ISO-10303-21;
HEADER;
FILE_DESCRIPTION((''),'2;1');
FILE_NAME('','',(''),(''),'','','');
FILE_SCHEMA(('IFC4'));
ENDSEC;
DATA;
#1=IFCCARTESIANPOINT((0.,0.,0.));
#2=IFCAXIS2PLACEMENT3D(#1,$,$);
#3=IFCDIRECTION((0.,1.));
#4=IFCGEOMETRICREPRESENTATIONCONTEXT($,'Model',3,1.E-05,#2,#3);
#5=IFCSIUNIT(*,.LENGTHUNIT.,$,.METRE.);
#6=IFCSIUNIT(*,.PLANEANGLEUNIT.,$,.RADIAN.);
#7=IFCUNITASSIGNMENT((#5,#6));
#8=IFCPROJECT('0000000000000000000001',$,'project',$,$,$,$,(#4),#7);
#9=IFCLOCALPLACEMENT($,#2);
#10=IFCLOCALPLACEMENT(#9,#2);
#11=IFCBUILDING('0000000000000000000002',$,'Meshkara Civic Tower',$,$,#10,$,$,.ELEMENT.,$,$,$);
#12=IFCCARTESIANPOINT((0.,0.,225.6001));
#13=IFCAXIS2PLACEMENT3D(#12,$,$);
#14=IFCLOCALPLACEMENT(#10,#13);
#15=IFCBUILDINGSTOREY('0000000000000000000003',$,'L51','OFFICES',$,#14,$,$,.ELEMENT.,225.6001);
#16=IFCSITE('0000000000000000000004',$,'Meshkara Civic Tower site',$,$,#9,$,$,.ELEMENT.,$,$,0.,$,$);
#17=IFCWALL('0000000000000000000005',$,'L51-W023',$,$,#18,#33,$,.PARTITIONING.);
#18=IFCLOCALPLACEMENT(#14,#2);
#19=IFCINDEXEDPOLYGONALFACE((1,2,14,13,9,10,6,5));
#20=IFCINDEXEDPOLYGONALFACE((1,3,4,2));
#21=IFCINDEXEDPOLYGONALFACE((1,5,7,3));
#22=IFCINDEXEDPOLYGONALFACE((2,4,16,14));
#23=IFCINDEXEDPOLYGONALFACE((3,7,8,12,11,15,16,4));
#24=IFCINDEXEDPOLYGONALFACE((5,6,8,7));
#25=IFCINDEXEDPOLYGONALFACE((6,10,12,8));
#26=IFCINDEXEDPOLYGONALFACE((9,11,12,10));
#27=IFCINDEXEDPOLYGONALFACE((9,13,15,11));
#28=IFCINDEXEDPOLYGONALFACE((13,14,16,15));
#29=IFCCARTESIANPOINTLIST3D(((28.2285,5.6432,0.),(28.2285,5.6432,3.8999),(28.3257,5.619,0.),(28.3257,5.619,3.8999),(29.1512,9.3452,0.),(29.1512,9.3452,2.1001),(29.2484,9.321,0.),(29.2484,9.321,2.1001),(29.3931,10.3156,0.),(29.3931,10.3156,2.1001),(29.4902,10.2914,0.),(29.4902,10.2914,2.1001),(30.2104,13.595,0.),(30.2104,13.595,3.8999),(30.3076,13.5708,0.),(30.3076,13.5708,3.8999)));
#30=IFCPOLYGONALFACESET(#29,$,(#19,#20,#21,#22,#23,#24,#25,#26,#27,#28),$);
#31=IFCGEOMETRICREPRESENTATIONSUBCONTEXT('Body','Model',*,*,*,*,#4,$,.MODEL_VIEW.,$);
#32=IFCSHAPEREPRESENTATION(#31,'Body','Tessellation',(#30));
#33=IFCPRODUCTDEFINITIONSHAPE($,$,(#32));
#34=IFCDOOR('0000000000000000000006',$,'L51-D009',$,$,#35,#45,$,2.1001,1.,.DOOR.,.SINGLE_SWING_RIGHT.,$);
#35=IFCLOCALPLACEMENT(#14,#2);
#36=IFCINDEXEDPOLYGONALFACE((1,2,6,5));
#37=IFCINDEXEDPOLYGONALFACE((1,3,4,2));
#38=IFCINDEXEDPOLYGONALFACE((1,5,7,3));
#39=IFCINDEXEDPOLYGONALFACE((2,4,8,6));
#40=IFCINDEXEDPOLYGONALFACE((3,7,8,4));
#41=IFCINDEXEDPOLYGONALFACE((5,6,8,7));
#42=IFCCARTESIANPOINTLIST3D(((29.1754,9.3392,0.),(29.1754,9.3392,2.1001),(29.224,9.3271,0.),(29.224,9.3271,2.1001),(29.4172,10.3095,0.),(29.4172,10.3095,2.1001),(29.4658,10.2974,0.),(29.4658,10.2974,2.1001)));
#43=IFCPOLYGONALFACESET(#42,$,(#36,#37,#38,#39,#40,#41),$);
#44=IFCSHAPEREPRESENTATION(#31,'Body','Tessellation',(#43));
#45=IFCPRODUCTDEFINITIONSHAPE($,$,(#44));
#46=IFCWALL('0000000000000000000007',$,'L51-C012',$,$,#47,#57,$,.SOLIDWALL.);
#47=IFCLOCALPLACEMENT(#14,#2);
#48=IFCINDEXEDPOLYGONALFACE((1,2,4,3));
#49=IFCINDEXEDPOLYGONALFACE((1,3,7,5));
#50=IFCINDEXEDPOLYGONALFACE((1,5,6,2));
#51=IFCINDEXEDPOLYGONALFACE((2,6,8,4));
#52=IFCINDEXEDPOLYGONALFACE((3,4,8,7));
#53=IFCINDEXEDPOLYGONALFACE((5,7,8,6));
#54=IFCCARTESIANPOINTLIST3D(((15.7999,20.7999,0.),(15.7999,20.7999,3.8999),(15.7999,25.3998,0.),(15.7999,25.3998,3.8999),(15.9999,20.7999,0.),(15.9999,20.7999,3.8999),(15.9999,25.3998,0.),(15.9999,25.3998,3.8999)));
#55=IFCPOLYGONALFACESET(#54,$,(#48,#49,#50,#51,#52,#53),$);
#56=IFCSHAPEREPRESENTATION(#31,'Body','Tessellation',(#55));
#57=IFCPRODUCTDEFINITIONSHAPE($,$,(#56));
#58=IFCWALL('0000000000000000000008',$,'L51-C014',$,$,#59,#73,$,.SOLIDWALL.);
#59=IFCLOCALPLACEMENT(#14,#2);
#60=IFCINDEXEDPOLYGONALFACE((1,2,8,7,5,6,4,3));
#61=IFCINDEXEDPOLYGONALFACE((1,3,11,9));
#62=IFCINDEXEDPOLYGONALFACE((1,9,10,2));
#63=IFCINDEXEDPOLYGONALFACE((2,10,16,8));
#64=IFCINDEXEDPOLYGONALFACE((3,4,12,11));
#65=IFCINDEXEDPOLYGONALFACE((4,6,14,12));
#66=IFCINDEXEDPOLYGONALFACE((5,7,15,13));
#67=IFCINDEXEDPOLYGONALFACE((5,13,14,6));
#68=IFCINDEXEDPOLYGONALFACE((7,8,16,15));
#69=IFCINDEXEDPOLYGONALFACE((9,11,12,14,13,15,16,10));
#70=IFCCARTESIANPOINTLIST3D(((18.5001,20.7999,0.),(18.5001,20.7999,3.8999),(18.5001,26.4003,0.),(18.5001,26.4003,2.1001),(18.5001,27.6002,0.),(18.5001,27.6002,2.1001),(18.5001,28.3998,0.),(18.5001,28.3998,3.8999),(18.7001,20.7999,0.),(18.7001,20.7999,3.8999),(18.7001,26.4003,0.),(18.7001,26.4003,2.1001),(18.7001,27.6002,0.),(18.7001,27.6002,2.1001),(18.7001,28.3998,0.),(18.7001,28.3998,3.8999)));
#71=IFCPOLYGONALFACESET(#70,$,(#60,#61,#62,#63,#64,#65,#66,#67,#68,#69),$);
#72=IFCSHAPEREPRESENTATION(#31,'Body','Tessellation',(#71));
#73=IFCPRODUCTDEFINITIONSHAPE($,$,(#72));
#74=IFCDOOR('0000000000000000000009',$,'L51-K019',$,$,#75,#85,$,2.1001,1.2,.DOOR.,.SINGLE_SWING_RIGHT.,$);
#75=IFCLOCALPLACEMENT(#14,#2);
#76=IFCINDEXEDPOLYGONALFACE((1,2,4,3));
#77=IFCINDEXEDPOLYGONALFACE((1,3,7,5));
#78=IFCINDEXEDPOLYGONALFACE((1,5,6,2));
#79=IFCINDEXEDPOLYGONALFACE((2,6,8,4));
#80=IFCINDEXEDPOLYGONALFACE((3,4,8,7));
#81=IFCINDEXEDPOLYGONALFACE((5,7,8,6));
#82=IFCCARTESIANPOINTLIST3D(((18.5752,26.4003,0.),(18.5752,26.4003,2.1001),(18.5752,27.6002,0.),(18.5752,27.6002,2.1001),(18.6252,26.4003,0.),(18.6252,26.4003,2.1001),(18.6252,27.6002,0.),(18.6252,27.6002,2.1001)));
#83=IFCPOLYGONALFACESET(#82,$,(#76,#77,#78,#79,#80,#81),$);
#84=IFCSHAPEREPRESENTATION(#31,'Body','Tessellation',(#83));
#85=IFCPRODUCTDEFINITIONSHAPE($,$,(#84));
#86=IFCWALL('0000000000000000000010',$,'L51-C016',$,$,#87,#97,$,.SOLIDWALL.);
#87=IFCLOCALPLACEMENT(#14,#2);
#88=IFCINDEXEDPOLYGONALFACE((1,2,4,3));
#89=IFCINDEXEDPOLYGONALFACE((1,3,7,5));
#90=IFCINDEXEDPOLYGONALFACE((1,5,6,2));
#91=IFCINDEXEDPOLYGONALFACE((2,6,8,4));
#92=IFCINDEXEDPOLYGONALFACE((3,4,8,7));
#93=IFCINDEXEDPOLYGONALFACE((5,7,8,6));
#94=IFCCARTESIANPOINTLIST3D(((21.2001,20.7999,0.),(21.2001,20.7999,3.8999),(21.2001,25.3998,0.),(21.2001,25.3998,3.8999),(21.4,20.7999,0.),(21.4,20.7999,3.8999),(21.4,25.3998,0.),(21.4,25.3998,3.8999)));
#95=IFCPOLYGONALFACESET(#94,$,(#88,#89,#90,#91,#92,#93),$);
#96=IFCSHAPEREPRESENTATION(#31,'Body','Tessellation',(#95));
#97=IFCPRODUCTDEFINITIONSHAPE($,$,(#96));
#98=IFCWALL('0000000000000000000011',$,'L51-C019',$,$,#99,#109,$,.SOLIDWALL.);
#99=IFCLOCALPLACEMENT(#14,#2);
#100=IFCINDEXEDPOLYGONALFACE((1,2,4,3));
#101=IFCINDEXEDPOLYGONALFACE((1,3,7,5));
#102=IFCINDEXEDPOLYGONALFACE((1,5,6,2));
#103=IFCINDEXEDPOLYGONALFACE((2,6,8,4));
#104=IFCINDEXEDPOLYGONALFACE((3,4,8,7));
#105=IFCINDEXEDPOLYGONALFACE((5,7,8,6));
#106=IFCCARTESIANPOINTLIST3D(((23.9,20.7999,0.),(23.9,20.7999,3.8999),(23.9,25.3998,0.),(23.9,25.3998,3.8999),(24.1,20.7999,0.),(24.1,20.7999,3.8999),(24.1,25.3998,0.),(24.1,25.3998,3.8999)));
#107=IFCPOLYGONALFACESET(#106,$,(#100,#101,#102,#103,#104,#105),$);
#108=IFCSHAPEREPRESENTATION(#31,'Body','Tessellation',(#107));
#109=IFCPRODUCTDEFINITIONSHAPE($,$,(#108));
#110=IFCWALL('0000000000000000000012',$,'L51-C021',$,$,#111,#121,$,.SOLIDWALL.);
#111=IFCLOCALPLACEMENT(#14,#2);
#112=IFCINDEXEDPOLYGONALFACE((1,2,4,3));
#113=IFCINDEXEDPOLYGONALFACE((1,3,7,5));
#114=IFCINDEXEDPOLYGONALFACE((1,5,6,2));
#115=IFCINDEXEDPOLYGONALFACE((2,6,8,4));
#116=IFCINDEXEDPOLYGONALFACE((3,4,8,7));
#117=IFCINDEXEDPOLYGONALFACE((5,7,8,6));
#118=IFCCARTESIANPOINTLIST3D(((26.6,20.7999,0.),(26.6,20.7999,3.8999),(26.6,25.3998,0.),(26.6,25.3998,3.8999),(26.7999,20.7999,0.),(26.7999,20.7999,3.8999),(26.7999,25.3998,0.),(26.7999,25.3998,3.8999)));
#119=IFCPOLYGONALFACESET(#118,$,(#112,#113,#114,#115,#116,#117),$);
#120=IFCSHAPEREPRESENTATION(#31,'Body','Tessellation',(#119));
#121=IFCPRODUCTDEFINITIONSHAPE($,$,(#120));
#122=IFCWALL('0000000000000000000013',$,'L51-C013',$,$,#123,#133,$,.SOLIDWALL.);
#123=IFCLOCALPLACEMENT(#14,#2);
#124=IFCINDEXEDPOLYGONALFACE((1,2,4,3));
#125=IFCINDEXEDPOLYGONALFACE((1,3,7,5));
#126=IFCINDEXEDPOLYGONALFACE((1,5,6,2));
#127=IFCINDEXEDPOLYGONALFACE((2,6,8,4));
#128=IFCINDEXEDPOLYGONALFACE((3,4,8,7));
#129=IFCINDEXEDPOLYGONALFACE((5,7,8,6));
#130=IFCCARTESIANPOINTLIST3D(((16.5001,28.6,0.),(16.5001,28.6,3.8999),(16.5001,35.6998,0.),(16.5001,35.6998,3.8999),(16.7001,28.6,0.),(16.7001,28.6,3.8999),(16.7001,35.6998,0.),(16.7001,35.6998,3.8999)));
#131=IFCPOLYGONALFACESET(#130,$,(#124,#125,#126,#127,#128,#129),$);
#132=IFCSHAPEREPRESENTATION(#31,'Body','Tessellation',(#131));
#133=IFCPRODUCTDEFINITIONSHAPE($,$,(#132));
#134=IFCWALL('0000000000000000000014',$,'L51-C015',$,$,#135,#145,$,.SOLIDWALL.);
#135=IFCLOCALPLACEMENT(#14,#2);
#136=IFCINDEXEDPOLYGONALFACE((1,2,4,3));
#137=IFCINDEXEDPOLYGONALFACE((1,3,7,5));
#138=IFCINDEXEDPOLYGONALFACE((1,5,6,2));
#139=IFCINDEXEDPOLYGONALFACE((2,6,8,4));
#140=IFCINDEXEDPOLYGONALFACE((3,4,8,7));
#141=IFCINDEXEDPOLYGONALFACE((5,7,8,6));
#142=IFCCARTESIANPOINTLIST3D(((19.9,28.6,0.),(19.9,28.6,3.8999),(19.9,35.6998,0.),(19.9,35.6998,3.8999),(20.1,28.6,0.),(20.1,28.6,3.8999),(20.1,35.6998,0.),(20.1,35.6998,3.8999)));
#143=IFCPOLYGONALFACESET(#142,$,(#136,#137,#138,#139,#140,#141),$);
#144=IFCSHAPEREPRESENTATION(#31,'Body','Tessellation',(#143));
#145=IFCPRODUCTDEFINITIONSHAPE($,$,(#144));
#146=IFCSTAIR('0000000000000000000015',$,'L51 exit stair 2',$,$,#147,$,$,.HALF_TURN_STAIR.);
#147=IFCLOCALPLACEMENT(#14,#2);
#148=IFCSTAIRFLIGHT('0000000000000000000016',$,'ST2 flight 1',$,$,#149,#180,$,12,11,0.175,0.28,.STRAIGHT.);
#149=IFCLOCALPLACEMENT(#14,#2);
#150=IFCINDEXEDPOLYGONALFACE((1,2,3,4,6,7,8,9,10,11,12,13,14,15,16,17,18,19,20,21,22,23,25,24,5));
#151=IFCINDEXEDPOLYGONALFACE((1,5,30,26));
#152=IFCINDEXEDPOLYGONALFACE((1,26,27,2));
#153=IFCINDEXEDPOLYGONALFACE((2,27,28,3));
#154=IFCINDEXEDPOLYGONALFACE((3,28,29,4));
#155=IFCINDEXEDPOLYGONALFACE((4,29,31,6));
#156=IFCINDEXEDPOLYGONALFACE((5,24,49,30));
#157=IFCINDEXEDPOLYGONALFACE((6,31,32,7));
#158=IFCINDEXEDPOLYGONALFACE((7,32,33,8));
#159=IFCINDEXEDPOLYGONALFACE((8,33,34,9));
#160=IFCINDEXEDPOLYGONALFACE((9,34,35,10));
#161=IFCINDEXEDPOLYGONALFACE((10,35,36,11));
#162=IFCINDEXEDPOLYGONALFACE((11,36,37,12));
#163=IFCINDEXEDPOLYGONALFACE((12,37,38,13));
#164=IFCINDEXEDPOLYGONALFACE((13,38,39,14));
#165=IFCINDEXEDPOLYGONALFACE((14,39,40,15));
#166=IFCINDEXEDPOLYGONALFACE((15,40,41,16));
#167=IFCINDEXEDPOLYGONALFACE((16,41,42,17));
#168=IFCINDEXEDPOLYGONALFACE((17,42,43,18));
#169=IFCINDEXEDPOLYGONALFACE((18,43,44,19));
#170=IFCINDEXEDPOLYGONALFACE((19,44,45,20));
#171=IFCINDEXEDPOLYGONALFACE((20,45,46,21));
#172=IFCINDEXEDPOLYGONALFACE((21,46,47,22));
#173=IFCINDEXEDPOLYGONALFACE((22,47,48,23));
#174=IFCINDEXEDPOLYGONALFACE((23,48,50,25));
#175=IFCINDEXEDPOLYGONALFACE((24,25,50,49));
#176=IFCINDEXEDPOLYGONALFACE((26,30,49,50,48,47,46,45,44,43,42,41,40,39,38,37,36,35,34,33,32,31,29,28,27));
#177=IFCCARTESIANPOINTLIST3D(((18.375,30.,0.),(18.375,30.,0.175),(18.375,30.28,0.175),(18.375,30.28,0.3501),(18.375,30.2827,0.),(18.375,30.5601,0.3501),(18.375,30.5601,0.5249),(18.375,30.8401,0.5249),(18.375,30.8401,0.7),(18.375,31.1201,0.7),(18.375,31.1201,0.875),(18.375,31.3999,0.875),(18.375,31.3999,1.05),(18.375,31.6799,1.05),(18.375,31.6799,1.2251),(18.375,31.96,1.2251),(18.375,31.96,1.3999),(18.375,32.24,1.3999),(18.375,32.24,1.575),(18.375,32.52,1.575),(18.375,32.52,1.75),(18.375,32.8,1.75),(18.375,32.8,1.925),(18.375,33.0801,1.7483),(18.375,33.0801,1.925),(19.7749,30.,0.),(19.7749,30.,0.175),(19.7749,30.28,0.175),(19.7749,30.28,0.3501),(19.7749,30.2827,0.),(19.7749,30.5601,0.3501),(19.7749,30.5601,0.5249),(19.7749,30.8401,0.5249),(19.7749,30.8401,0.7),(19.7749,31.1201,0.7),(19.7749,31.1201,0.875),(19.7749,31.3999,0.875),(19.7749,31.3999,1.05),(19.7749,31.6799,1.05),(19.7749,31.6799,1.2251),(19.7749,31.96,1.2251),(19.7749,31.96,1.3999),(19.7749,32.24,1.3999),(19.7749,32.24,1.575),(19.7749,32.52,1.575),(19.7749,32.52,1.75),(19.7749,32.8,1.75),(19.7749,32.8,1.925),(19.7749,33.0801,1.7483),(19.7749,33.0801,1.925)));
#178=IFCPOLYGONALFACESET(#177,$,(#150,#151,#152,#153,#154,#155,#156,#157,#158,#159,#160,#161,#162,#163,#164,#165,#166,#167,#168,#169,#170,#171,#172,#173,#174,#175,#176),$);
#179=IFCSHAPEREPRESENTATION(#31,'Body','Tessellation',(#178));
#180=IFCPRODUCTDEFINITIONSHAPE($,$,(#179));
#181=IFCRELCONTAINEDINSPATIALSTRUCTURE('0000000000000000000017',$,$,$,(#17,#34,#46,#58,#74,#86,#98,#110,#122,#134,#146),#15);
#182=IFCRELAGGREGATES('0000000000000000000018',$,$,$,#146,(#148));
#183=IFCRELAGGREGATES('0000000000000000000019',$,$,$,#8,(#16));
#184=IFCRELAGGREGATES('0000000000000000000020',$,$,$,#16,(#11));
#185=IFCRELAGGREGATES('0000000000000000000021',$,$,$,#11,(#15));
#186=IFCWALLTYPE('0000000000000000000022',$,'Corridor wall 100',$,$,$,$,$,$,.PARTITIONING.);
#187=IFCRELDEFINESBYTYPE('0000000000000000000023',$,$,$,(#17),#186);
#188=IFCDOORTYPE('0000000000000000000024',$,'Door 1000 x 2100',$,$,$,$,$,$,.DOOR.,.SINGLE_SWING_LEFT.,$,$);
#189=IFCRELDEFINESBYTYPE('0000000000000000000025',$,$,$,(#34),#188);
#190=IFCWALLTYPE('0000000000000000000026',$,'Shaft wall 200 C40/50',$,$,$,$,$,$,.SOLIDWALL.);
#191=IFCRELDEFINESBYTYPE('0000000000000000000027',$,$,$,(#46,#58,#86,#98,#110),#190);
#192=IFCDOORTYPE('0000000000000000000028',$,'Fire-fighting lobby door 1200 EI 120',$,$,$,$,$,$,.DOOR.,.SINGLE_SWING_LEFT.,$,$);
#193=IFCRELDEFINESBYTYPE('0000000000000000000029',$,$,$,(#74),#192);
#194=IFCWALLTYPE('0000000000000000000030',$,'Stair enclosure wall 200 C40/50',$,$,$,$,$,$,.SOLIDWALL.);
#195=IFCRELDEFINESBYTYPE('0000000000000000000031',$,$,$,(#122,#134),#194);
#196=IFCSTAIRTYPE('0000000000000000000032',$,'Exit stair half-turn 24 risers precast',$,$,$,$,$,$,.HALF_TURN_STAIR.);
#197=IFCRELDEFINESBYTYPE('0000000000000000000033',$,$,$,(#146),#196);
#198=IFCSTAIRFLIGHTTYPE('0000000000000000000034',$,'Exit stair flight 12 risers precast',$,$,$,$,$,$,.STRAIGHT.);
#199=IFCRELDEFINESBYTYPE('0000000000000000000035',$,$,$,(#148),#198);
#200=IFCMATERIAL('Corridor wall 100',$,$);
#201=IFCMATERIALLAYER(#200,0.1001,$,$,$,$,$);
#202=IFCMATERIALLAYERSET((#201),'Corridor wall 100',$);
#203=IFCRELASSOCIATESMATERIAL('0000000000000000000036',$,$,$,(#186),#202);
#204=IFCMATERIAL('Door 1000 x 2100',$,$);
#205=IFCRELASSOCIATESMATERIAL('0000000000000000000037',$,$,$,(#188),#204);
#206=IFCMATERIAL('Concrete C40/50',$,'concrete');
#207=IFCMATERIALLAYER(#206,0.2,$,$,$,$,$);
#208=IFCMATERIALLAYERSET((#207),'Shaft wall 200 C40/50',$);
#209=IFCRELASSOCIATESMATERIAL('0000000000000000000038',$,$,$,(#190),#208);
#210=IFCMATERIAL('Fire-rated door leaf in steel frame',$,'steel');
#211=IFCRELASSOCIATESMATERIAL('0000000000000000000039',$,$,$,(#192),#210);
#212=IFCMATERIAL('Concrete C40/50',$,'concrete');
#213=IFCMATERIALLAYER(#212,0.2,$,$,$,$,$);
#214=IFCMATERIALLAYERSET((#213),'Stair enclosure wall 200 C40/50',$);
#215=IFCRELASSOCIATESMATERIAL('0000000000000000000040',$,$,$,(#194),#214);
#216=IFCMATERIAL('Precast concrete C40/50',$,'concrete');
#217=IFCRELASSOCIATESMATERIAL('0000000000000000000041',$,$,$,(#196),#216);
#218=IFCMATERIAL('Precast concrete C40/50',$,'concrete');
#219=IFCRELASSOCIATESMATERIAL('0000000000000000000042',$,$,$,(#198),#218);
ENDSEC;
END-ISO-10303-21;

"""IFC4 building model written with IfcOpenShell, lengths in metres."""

from ifc_helpers import new_model, si_unit, direction, frame, frame_2d, origin, place, context, subcontext, project, spatial, polyline, rectangle, outline, extrude, material, layer, layer_set, type_object, element, fill, aggregate, save


model = new_model("IFC4")

# Units and contexts
model_context = context("Model", 3, precision=1e-05, world=origin(), true_north=direction((0.0, 1.0)))
body_context = subcontext(model_context, "Body", "Model", "MODEL_VIEW")
ifc_project = project(units=[si_unit("LENGTHUNIT", "METRE"), si_unit("PLANEANGLEUNIT", "RADIAN")], contexts=[model_context])

# Site, building, storey
site_placement = place(None, origin())
site = spatial("IfcSite", under=ifc_project, at=site_placement, Name="Meshkara Civic Tower site", CompositionType="ELEMENT", RefElevation=0.0)
building_placement = place(site_placement, origin())
building = spatial("IfcBuilding", under=site, at=building_placement, Name="Meshkara Civic Tower", CompositionType="ELEMENT")
storey_placement = place(building_placement, frame((0.0, 0.0, 225.6001)))
storey = spatial("IfcBuildingStorey", under=building, at=storey_placement, Name="L51", Description="OFFICES", CompositionType="ELEMENT", Elevation=225.6001)

# Shared definitions
ifc_material_1 = material(Name="Corridor wall 100")
ifc_layer_1 = layer(ifc_material_1, 0.1001)
ifc_layer_set_1 = layer_set([ifc_layer_1], Name="Corridor wall 100")
wall_type_1 = type_object("IfcWallType", Name="Corridor wall 100", PredefinedType="PARTITIONING", material=ifc_layer_set_1)

# Wall, opening, door
wall_1_placement = place(storey_placement, frame((30.259, 13.583, 0.0), z_axis=(0.0, 0.0, 1.0), x_axis=(-0.241842, -0.970316, 0.0)))
wall_1 = element("IfcWall", 1, at=wall_1_placement, inside=storey, type_object=wall_type_1, Name="L51-W023", PredefinedType="PARTITIONING", context=body_context, shape_type="SweptSolid", body=[
    extrude(rectangle(XDim=8.1951, YDim=0.1001, at=frame_2d((4.0977, 0.0))), origin(), (0.0, 0.0, 1.0), 3.8999),
])
opening_1_placement = place(wall_1_placement, frame((3.3799, 0.0, 0.0)))
opening_1 = element("IfcOpeningElement", 2, at=opening_1_placement, cuts=wall_1, PredefinedType="OPENING", context=body_context, shape_type="SweptSolid", body=[
    extrude(rectangle(XDim=1.0, YDim=2.1001, at=frame_2d((0.5, 1.05))), frame((0.0, 0.0601, 0.0), z_axis=(0.0, -1.0, 0.0), x_axis=(1.0, 0.0, 0.0)), (0.0, 0.0, 1.0), 0.1201),
])
ifc_material_2 = material(Name="Door 1000 x 2100")
door_type_1 = type_object("IfcDoorType", Name="Door 1000 x 2100", OperationType="SINGLE_SWING_LEFT", PredefinedType="DOOR", material=ifc_material_2)
door_1_placement = place(opening_1_placement, origin())
door_1 = element("IfcDoor", 3, at=door_1_placement, inside=storey, type_object=door_type_1, Name="L51-D009", OperationType="SINGLE_SWING_RIGHT", OverallHeight=2.1001, OverallWidth=1.0, PredefinedType="DOOR", context=body_context, shape_type="SweptSolid", body=[
    extrude(rectangle(XDim=1.0, YDim=2.1001, at=frame_2d((0.5, 1.05))), frame((0.0, 0.0249, 0.0), z_axis=(0.0, -1.0, 0.0), x_axis=(1.0, 0.0, 0.0)), (0.0, 0.0, 1.0), 0.05),
])
fill(opening_1, door_1)

# Wall
ifc_material_3 = material(Name="Concrete C40/50", Category="concrete")
ifc_layer_2 = layer(ifc_material_3, 0.2)
ifc_layer_set_2 = layer_set([ifc_layer_2], Name="Shaft wall 200 C40/50")
wall_type_2 = type_object("IfcWallType", Name="Shaft wall 200 C40/50", PredefinedType="SOLIDWALL", material=ifc_layer_set_2)
wall_2_placement = place(storey_placement, frame((15.8999, 20.8, 0.0), z_axis=(0.0, 0.0, 1.0), x_axis=(0.0, 1.0, 0.0)))
element("IfcWall", 4, at=wall_2_placement, inside=storey, type_object=wall_type_2, Name="L51-C012", PredefinedType="SOLIDWALL", context=body_context, shape_type="SweptSolid", body=[
    extrude(rectangle(XDim=4.5999, YDim=0.2, at=frame_2d((2.2998, 0.0))), origin(), (0.0, 0.0, 1.0), 3.8999),
])

# Wall, opening, door
wall_3_placement = place(storey_placement, frame((18.6001, 20.8, 0.0), z_axis=(0.0, 0.0, 1.0), x_axis=(0.0, 1.0, 0.0)))
wall_3 = element("IfcWall", 5, at=wall_3_placement, inside=storey, type_object=wall_type_2, Name="L51-C014", PredefinedType="SOLIDWALL", context=body_context, shape_type="SweptSolid", body=[
    extrude(rectangle(XDim=7.5999, YDim=0.2, at=frame_2d((3.7998, 0.0))), origin(), (0.0, 0.0, 1.0), 3.8999),
])
opening_2_placement = place(wall_3_placement, frame((5.6001, 0.0, 0.0)))
opening_2 = element("IfcOpeningElement", 6, at=opening_2_placement, cuts=wall_3, PredefinedType="OPENING", context=body_context, shape_type="SweptSolid", body=[
    extrude(rectangle(XDim=1.2, YDim=2.1001, at=frame_2d((0.6001, 1.05))), frame((0.0, 0.1099, 0.0), z_axis=(0.0, -1.0, 0.0), x_axis=(1.0, 0.0, 0.0)), (0.0, 0.0, 1.0), 0.22),
])
ifc_material_4 = material(Name="Fire-rated door leaf in steel frame", Category="steel")
door_type_2 = type_object("IfcDoorType", Name="Fire-fighting lobby door 1200 EI 120", OperationType="SINGLE_SWING_LEFT", PredefinedType="DOOR", material=ifc_material_4)
door_2_placement = place(opening_2_placement, origin())
door_2 = element("IfcDoor", 7, at=door_2_placement, inside=storey, type_object=door_type_2, Name="L51-K019", OperationType="SINGLE_SWING_RIGHT", OverallHeight=2.1001, OverallWidth=1.2, PredefinedType="DOOR", context=body_context, shape_type="SweptSolid", body=[
    extrude(rectangle(XDim=1.2, YDim=2.1001, at=frame_2d((0.6001, 1.05))), frame((0.0, 0.0249, 0.0), z_axis=(0.0, -1.0, 0.0), x_axis=(1.0, 0.0, 0.0)), (0.0, 0.0, 1.0), 0.05),
])
fill(opening_2, door_2)

# Walls
for number, where, z_axis, x_axis, name in (
    (8, (21.3, 20.8, 0.0), (0.0, 0.0, 1.0), (0.0, 1.0, 0.0), "L51-C016"),
    (9, (24.0, 20.8, 0.0), (0.0, 0.0, 1.0), (0.0, 1.0, 0.0), "L51-C019"),
    (10, (26.7, 20.8, 0.0), (0.0, 0.0, 1.0), (0.0, 1.0, 0.0), "L51-C021"),
):
    element("IfcWall", number, at=place(storey_placement, frame(where, z_axis=z_axis, x_axis=x_axis)), inside=storey, type_object=wall_type_2, Name=name, PredefinedType="SOLIDWALL", context=body_context, shape_type="SweptSolid", body=[
        extrude(rectangle(XDim=4.5999, YDim=0.2, at=frame_2d((2.2998, 0.0))), origin(), (0.0, 0.0, 1.0), 3.8999),
    ])
ifc_material_5 = material(Name="Concrete C40/50", Category="concrete")
ifc_layer_3 = layer(ifc_material_5, 0.2)
ifc_layer_set_3 = layer_set([ifc_layer_3], Name="Stair enclosure wall 200 C40/50")
wall_type_3 = type_object("IfcWallType", Name="Stair enclosure wall 200 C40/50", PredefinedType="SOLIDWALL", material=ifc_layer_set_3)
for number, where, z_axis, x_axis, name in (
    (11, (16.6001, 28.6001, 0.0), (0.0, 0.0, 1.0), (0.0, 1.0, 0.0), "L51-C013"),
    (12, (20.0, 28.6001, 0.0), (0.0, 0.0, 1.0), (0.0, 1.0, 0.0), "L51-C015"),
):
    element("IfcWall", number, at=place(storey_placement, frame(where, z_axis=z_axis, x_axis=x_axis)), inside=storey, type_object=wall_type_3, Name=name, PredefinedType="SOLIDWALL", context=body_context, shape_type="SweptSolid", body=[
        extrude(rectangle(XDim=7.0999, YDim=0.2, at=frame_2d((3.5498, 0.0))), origin(), (0.0, 0.0, 1.0), 3.8999),
    ])

# Stair, stair flight
ifc_material_6 = material(Name="Precast concrete C40/50", Category="concrete")
stair_type = type_object("IfcStairType", Name="Exit stair half-turn 24 risers precast", PredefinedType="HALF_TURN_STAIR", material=ifc_material_6)
stair_placement = place(storey_placement, origin())
stair = element("IfcStair", 13, at=stair_placement, inside=storey, type_object=stair_type, Name="L51 exit stair 2", PredefinedType="HALF_TURN_STAIR")
ifc_material_7 = material(Name="Precast concrete C40/50", Category="concrete")
stair_flight_type = type_object("IfcStairFlightType", Name="Exit stair flight 12 risers precast", PredefinedType="STRAIGHT", material=ifc_material_7)
stair_flight_1_placement = place(storey_placement, frame((19.075, 30.0, 0.0), z_axis=(0.0, 0.0, 1.0), x_axis=(0.0, 1.0, 0.0)))
stair_flight_1 = element("IfcStairFlight", 14, at=stair_flight_1_placement, type_object=stair_flight_type, Name="ST2 flight 1", NumberOfRisers=12, NumberOfTreads=11, PredefinedType="STRAIGHT", RiserHeight=0.175, TreadLength=0.28, context=body_context, shape_type="SweptSolid", body=[
    extrude(outline(polyline([(0.0, 0.0), (0.0, 0.175), (0.28, 0.175), (0.28, 0.3501), (0.5601, 0.3501), (0.5601, 0.5249), (0.8401, 0.5249), (0.8401, 0.7), (1.1201, 0.7), (1.1201, 0.875), (1.3999, 0.875), (1.3999, 1.05), (1.6799, 1.05), (1.6799, 1.2251), (1.96, 1.2251), (1.96, 1.3999), (2.24, 1.3999), (2.24, 1.575), (2.52, 1.575), (2.52, 1.75), (2.8, 1.75), (2.8, 1.925), (3.0801, 1.925), (3.0801, 2.1001), (3.0801, 1.7483), (0.2827, 0.0), (0.0, 0.0)])), frame((0.0, 0.7, 0.0), z_axis=(0.0, -1.0, 0.0), x_axis=(1.0, 0.0, 0.0)), (0.0, 0.0, 1.0), 1.3999),
])
aggregate(stair, [stair_flight_1])

save(model, "model.ifc")
